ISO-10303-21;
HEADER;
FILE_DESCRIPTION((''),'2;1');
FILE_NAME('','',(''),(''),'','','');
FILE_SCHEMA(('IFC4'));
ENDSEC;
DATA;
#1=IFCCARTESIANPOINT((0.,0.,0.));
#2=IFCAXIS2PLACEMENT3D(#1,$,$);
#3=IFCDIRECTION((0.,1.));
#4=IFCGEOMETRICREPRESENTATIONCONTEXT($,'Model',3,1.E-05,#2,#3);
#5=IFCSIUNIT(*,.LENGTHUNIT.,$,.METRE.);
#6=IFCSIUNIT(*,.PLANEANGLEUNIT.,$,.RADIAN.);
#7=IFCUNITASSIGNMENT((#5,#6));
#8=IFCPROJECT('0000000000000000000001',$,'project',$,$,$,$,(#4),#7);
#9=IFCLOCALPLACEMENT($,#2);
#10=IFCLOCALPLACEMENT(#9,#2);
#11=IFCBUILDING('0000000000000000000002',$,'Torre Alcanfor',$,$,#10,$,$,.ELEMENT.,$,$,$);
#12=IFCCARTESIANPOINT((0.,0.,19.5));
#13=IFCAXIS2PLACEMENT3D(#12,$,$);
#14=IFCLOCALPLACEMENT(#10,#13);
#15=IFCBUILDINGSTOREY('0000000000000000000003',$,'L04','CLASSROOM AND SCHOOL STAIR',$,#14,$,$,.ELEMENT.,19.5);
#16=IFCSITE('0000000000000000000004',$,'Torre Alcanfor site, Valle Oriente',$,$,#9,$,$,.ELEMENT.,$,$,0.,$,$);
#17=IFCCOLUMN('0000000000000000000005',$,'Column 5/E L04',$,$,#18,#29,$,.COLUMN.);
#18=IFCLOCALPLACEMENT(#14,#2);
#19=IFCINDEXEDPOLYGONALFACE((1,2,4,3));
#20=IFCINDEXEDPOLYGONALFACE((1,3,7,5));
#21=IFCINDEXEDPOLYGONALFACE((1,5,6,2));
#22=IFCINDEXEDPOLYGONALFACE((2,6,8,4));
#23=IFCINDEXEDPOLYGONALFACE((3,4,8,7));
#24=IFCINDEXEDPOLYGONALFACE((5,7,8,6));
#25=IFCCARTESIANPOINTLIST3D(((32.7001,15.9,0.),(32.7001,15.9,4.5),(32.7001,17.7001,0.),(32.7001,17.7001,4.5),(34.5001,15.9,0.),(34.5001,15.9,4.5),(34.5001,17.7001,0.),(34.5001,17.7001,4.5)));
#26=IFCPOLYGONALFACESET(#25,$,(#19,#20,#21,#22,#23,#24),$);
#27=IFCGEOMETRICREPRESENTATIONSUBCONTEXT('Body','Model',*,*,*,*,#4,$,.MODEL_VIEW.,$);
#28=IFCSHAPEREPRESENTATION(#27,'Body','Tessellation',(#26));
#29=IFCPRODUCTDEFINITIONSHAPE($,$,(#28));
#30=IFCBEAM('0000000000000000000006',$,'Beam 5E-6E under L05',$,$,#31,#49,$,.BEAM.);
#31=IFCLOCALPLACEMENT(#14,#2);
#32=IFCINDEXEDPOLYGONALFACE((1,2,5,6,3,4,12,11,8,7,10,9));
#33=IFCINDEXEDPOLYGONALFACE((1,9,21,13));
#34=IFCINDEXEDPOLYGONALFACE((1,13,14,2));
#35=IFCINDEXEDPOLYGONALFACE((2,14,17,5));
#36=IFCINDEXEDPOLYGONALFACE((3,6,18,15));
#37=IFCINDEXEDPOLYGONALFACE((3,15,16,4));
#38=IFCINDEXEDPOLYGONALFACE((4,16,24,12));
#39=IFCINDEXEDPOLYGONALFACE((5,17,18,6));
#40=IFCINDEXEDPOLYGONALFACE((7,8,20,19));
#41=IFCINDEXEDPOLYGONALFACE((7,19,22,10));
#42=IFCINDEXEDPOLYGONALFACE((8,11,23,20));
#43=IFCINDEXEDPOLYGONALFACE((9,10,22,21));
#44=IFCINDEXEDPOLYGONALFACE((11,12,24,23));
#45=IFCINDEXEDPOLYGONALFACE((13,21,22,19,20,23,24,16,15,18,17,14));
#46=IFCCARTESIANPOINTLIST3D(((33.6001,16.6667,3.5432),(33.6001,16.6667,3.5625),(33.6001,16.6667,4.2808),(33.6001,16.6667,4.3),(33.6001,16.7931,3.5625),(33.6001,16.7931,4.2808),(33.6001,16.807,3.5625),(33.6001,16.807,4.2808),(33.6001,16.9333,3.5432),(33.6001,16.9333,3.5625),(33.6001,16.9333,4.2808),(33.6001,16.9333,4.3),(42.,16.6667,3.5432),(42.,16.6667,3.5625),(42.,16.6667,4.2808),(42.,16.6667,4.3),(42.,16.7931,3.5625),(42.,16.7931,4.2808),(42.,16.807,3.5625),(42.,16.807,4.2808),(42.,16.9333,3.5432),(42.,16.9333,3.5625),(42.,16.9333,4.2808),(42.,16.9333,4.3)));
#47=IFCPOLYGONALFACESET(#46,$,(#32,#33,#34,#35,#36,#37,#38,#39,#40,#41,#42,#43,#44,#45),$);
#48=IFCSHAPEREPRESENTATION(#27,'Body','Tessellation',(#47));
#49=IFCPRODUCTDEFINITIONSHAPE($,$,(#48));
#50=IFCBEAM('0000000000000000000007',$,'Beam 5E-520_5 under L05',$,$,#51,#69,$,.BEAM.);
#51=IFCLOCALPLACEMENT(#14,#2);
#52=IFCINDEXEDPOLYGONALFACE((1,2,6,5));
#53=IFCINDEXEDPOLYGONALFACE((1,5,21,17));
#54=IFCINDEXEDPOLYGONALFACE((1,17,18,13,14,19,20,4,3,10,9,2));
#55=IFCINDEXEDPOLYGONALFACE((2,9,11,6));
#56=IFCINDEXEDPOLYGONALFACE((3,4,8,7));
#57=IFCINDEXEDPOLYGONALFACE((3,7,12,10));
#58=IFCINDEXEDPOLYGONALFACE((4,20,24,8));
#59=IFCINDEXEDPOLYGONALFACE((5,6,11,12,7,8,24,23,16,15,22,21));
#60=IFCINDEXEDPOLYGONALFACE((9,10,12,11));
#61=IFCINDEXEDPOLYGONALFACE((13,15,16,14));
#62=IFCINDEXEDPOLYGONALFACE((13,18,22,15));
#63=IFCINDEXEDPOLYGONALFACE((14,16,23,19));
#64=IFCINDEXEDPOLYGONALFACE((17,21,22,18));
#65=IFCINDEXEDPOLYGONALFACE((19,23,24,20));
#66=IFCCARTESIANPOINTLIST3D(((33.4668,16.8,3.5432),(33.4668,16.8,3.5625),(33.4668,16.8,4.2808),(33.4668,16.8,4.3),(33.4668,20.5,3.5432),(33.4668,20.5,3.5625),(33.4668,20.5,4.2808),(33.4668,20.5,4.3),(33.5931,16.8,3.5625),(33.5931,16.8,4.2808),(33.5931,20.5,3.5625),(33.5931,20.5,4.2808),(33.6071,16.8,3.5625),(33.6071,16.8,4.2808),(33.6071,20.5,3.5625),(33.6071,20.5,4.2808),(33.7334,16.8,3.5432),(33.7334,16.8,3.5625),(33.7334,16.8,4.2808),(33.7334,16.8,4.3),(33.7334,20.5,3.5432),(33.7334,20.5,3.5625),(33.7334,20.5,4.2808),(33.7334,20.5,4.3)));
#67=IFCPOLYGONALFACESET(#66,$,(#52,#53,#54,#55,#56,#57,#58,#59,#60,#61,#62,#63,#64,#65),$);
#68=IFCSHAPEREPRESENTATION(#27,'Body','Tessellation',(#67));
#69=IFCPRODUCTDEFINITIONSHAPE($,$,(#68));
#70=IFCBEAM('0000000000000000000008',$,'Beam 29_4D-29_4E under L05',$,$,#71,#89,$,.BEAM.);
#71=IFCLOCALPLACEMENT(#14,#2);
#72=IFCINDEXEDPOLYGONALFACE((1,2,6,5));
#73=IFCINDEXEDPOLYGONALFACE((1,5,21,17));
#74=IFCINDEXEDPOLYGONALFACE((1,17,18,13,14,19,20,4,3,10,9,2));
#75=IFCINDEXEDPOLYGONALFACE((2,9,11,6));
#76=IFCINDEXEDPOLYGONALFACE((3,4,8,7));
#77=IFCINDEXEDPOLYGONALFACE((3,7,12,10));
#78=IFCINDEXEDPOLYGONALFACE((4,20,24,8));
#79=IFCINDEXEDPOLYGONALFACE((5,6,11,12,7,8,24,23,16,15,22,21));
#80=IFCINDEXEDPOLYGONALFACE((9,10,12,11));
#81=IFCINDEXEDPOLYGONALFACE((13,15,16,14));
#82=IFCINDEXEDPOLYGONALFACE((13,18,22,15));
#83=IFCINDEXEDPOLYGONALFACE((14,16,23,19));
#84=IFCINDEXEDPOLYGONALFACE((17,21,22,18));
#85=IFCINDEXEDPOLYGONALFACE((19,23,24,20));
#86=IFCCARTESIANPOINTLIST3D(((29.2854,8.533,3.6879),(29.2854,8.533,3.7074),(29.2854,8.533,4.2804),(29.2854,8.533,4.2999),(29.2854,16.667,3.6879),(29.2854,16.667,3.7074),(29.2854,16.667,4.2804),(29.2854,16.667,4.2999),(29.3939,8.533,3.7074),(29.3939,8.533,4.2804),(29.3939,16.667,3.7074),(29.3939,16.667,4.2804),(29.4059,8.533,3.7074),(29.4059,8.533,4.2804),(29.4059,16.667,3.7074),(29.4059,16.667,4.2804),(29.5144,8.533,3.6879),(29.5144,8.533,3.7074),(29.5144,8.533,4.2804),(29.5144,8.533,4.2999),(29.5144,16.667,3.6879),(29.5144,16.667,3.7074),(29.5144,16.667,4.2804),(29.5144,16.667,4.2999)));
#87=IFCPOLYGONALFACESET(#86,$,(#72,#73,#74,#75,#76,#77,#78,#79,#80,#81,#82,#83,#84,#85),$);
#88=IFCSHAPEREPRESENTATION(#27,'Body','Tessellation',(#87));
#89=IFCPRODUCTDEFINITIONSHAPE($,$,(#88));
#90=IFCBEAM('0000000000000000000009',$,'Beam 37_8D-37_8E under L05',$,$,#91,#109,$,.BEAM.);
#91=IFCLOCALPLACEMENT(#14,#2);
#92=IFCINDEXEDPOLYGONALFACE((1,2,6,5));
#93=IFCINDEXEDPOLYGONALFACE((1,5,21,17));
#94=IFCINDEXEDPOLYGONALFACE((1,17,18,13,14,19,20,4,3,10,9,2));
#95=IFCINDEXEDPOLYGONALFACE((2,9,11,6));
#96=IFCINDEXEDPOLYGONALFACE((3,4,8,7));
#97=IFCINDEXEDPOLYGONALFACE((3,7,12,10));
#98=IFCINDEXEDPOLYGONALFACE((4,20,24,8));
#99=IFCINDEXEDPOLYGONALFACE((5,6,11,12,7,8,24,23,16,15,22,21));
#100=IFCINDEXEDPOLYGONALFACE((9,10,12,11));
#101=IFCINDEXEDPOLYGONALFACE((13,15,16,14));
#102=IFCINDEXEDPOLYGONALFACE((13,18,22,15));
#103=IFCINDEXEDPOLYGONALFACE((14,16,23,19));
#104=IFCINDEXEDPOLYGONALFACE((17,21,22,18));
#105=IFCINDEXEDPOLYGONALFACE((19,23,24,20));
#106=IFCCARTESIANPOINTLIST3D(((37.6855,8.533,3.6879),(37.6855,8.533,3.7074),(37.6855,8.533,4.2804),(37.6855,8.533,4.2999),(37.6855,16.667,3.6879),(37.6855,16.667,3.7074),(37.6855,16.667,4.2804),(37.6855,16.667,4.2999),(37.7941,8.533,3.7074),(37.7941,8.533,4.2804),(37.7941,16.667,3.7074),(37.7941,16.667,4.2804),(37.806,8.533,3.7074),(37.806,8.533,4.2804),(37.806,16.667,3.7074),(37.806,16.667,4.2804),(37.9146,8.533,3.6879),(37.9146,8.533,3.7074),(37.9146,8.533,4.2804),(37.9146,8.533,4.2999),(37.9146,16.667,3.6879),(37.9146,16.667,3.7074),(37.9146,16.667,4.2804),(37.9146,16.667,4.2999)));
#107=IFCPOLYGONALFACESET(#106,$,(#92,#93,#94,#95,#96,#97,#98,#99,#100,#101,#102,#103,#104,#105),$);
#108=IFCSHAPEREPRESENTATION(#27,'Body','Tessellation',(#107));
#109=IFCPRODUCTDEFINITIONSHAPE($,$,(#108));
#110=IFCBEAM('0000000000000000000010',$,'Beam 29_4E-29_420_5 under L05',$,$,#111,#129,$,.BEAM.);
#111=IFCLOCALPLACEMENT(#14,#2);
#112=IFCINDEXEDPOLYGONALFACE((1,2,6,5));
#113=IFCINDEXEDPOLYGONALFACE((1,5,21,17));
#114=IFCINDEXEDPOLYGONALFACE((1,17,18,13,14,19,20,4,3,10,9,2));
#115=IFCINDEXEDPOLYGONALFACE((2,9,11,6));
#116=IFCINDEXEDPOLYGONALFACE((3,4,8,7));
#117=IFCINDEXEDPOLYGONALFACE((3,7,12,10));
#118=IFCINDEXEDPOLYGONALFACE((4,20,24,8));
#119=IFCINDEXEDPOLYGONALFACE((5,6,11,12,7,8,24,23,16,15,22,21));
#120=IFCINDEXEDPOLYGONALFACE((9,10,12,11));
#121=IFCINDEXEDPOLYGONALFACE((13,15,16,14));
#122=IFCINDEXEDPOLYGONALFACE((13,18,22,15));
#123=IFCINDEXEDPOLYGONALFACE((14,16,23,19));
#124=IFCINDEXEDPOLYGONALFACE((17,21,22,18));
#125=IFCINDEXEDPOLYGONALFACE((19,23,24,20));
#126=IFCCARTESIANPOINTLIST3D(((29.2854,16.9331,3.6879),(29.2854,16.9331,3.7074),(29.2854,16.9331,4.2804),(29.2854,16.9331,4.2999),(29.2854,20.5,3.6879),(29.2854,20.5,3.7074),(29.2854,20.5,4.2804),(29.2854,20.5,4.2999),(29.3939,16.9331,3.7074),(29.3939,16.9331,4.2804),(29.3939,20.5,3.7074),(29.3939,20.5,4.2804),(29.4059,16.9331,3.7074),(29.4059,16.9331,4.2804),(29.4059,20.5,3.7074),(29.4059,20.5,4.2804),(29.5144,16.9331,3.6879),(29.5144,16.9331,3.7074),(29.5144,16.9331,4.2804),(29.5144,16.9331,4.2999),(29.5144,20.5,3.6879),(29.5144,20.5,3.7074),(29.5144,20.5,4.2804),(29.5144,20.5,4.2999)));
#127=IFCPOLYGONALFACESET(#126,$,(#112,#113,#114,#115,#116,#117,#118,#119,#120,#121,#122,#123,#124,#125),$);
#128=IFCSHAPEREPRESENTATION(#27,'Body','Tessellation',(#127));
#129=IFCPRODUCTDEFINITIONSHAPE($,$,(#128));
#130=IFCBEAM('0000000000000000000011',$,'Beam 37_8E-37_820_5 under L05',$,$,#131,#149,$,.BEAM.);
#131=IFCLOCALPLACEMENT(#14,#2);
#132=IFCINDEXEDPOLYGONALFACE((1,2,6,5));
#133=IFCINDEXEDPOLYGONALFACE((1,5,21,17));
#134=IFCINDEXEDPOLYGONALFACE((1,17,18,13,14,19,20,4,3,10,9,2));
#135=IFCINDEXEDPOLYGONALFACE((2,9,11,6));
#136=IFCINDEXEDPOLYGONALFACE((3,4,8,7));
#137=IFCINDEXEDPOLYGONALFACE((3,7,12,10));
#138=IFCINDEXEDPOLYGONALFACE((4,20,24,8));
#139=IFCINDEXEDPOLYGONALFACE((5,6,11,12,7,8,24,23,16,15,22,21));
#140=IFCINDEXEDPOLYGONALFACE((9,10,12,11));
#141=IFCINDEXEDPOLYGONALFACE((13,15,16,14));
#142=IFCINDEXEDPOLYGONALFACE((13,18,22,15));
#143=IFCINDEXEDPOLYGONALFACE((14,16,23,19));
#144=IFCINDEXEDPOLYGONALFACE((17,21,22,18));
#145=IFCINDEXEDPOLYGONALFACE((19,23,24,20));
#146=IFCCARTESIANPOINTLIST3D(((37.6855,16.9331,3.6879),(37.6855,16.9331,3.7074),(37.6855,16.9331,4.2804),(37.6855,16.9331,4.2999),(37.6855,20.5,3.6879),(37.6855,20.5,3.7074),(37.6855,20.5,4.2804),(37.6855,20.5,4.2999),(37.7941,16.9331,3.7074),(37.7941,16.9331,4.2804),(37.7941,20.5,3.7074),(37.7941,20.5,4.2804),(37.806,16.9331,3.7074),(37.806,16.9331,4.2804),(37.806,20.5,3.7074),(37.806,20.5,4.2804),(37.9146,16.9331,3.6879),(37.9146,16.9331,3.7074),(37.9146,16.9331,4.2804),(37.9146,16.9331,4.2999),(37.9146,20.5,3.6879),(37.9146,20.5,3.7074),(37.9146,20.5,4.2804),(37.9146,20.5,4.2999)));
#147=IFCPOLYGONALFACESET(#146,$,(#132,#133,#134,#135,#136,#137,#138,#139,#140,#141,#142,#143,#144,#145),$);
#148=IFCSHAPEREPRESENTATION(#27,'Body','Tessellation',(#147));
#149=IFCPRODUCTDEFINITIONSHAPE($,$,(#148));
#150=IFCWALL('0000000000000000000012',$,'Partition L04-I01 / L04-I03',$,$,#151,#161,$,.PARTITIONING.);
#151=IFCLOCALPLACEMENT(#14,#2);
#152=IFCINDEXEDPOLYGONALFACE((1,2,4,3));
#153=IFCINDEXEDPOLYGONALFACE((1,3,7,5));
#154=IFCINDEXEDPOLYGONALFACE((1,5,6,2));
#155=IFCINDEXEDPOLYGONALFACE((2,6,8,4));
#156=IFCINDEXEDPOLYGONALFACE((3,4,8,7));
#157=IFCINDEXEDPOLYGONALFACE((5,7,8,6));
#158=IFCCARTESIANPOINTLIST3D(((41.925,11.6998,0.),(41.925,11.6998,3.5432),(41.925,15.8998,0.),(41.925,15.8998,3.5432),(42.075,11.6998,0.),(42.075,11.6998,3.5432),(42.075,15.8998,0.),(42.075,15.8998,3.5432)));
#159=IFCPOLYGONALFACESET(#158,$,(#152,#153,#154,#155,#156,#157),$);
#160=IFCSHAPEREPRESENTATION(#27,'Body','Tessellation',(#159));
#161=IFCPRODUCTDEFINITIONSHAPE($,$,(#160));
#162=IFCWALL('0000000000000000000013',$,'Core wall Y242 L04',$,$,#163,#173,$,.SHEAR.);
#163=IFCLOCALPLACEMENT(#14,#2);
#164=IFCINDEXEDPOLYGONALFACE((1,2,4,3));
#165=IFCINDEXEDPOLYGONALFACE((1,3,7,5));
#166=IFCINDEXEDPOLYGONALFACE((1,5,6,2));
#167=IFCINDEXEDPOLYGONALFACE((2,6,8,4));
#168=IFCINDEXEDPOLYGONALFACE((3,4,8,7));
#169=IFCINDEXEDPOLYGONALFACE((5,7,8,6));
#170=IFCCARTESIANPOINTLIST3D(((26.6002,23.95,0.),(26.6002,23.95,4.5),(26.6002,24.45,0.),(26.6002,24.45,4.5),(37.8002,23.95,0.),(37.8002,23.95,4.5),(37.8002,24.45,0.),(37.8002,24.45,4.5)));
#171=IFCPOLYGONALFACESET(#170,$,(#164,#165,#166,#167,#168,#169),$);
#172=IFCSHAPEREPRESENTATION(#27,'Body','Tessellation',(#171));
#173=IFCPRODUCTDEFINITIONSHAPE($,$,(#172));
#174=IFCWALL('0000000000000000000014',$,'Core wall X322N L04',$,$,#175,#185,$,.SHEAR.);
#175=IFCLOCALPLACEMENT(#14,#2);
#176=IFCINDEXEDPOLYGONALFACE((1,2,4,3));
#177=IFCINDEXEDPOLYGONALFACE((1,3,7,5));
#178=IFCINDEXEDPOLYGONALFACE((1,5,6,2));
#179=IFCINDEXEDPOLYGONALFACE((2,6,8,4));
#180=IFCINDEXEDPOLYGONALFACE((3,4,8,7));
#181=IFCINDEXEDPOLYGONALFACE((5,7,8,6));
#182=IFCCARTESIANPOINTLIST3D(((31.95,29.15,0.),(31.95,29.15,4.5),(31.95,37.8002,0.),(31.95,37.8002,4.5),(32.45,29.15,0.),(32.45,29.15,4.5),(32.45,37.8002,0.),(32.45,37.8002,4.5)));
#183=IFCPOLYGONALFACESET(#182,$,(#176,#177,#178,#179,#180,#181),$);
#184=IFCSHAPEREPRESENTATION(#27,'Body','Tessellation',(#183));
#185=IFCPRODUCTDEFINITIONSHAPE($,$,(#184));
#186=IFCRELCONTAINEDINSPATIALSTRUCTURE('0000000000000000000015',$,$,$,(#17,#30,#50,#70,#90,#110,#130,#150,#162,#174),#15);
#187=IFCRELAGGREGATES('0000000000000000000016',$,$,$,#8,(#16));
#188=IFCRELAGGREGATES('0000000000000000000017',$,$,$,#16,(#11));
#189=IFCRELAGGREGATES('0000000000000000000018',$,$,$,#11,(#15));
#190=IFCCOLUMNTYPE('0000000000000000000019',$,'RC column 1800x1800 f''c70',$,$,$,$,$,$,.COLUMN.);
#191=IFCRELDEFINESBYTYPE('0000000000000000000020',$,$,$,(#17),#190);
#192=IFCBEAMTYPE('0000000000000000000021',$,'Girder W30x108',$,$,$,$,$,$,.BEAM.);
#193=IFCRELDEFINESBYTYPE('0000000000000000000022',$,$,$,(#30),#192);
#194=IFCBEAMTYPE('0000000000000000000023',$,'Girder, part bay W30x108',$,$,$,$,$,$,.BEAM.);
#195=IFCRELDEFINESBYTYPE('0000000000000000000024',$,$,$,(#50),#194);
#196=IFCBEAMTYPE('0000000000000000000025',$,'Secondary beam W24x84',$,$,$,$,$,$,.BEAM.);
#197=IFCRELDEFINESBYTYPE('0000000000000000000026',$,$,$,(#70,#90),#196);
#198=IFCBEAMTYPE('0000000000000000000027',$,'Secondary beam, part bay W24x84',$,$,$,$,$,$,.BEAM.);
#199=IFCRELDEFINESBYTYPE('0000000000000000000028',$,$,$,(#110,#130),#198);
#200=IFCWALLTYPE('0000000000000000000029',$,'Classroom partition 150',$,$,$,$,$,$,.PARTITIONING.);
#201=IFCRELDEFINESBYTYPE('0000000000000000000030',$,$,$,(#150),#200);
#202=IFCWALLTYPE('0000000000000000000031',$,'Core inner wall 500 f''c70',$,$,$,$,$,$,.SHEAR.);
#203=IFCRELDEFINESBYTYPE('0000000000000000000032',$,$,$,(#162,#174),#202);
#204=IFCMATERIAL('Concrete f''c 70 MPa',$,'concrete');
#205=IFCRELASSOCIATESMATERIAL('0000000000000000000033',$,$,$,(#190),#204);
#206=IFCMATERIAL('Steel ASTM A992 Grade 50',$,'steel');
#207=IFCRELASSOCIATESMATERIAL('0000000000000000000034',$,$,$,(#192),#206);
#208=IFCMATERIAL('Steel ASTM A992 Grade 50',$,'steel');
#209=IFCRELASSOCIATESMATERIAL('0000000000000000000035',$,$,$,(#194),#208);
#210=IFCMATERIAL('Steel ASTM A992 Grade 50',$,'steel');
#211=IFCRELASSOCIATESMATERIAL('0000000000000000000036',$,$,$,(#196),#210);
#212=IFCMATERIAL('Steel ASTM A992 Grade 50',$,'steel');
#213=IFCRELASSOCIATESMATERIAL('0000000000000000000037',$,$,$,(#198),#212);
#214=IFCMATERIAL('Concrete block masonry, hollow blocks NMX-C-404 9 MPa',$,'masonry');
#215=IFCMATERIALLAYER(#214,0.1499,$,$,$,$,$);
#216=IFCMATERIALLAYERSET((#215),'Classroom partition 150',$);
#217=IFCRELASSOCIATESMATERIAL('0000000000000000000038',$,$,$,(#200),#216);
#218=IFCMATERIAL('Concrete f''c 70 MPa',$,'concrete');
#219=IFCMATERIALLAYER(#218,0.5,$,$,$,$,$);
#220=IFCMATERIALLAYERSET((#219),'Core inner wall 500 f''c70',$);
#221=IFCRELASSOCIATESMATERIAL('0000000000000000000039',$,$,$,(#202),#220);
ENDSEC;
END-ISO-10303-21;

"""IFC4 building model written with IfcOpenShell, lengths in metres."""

from ifc_helpers import new_model, si_unit, direction, frame, frame_2d, origin, origin_2d, place, context, subcontext, project, spatial, rectangle, i_section, extrude, material, layer, layer_set, material_profile, profile_set, type_object, element, save


model = new_model("IFC4")

# Units and contexts
model_context = context("Model", 3, precision=1e-05, world=origin(), true_north=direction((0.0, 1.0)))
body_context = subcontext(model_context, "Body", "Model", "MODEL_VIEW")
ifc_project = project(units=[si_unit("LENGTHUNIT", "METRE"), si_unit("PLANEANGLEUNIT", "RADIAN")], contexts=[model_context])

# Site, building, storey
site_placement = place(None, origin())
site = spatial("IfcSite", under=ifc_project, at=site_placement, Name="Torre Alcanfor site, Valle Oriente", CompositionType="ELEMENT", RefElevation=0.0)
building_placement = place(site_placement, origin())
building = spatial("IfcBuilding", under=site, at=building_placement, Name="Torre Alcanfor", CompositionType="ELEMENT")
storey_placement = place(building_placement, frame((0.0, 0.0, 19.5)))
storey = spatial("IfcBuildingStorey", under=building, at=storey_placement, Name="L04", Description="CLASSROOM AND SCHOOL STAIR", CompositionType="ELEMENT", Elevation=19.5)

# Column
ifc_material_1 = material(Name="Concrete f'c 70 MPa", Category="concrete")
ifc_material_profile_1 = material_profile(ifc_material_1, rectangle(XDim=1.8, YDim=1.8, at=origin_2d()), Name="1800x1800")
ifc_profile_set_1 = profile_set([ifc_material_profile_1], Name="Concrete f'c 70 MPa")
column_type = type_object("IfcColumnType", Name="RC column 1800x1800 f'c70", PredefinedType="COLUMN", material=ifc_profile_set_1)
column_placement = place(storey_placement, frame((33.6001, 16.8, 0.0), z_axis=(0.0, 0.0, 1.0), x_axis=(1.0, 0.0, 0.0)))
element("IfcColumn", 1, at=column_placement, inside=storey, type_object=column_type, Name="Column 5/E L04", PredefinedType="COLUMN", context=body_context, shape_type="SweptSolid", body=[
    extrude(rectangle(XDim=1.8, YDim=1.8, at=origin_2d()), origin(), (0.0, 0.0, 1.0), 4.5),
])

# Beams
ifc_material_2 = material(Name="Steel ASTM A992 Grade 50", Category="steel")
ifc_material_profile_2 = material_profile(ifc_material_2, i_section(OverallWidth=0.2666, OverallDepth=0.7568, WebThickness=0.0139, FlangeThickness=0.0193, at=origin_2d()), Name="W30x108")
ifc_profile_set_2 = profile_set([ifc_material_profile_2], Name="Steel ASTM A992 Grade 50")
beam_type_1 = type_object("IfcBeamType", Name="Girder W30x108", PredefinedType="BEAM", material=ifc_profile_set_2)
beam_1_placement = place(storey_placement, frame((33.6001, 16.8, 3.9216), z_axis=(1.0, 0.0, 0.0), x_axis=(0.0, 1.0, 0.0)))
element("IfcBeam", 2, at=beam_1_placement, inside=storey, type_object=beam_type_1, Name="Beam 5E-6E under L05", PredefinedType="BEAM", context=body_context, shape_type="SweptSolid", body=[
    extrude(i_section(OverallWidth=0.2666, OverallDepth=0.7568, WebThickness=0.0139, FlangeThickness=0.0193, at=origin_2d()), origin(), (0.0, 0.0, 1.0), 8.3999),
])
ifc_material_3 = material(Name="Steel ASTM A992 Grade 50", Category="steel")
ifc_material_profile_3 = material_profile(ifc_material_3, i_section(OverallWidth=0.2666, OverallDepth=0.7568, WebThickness=0.0139, FlangeThickness=0.0193, at=origin_2d()), Name="W30x108")
ifc_profile_set_3 = profile_set([ifc_material_profile_3], Name="Steel ASTM A992 Grade 50")
beam_type_2 = type_object("IfcBeamType", Name="Girder, part bay W30x108", PredefinedType="BEAM", material=ifc_profile_set_3)
beam_2_placement = place(storey_placement, frame((33.6001, 16.8, 3.9216), z_axis=(0.0, 1.0, 0.0), x_axis=(-1.0, 0.0, 0.0)))
element("IfcBeam", 3, at=beam_2_placement, inside=storey, type_object=beam_type_2, Name="Beam 5E-520_5 under L05", PredefinedType="BEAM", context=body_context, shape_type="SweptSolid", body=[
    extrude(i_section(OverallWidth=0.2666, OverallDepth=0.7568, WebThickness=0.0139, FlangeThickness=0.0193, at=origin_2d()), origin(), (0.0, 0.0, 1.0), 3.7),
])
ifc_material_4 = material(Name="Steel ASTM A992 Grade 50", Category="steel")
ifc_material_profile_4 = material_profile(ifc_material_4, i_section(OverallWidth=0.229, OverallDepth=0.6121, WebThickness=0.012, FlangeThickness=0.0195, at=origin_2d()), Name="W24x84")
ifc_profile_set_4 = profile_set([ifc_material_profile_4], Name="Steel ASTM A992 Grade 50")
beam_type_3 = type_object("IfcBeamType", Name="Secondary beam W24x84", PredefinedType="BEAM", material=ifc_profile_set_4)
for number, where, z_axis, x_axis, name in (
    (4, (29.3999, 8.533, 3.9939), (0.0, 1.0, 0.0), (-1.0, 0.0, 0.0), "Beam 29_4D-29_4E under L05"),
    (5, (37.8, 8.533, 3.9939), (0.0, 1.0, 0.0), (-1.0, 0.0, 0.0), "Beam 37_8D-37_8E under L05"),
):
    element("IfcBeam", number, at=place(storey_placement, frame(where, z_axis=z_axis, x_axis=x_axis)), inside=storey, type_object=beam_type_3, Name=name, PredefinedType="BEAM", context=body_context, shape_type="SweptSolid", body=[
        extrude(i_section(OverallWidth=0.229, OverallDepth=0.6121, WebThickness=0.012, FlangeThickness=0.0195, at=origin_2d()), origin(), (0.0, 0.0, 1.0), 8.134),
    ])
ifc_material_5 = material(Name="Steel ASTM A992 Grade 50", Category="steel")
ifc_material_profile_5 = material_profile(ifc_material_5, i_section(OverallWidth=0.229, OverallDepth=0.6121, WebThickness=0.012, FlangeThickness=0.0195, at=origin_2d()), Name="W24x84")
ifc_profile_set_5 = profile_set([ifc_material_profile_5], Name="Steel ASTM A992 Grade 50")
beam_type_4 = type_object("IfcBeamType", Name="Secondary beam, part bay W24x84", PredefinedType="BEAM", material=ifc_profile_set_5)
for number, where, z_axis, x_axis, name in (
    (6, (29.3999, 16.9331, 3.9939), (0.0, 1.0, 0.0), (-1.0, 0.0, 0.0), "Beam 29_4E-29_420_5 under L05"),
    (7, (37.8, 16.9331, 3.9939), (0.0, 1.0, 0.0), (-1.0, 0.0, 0.0), "Beam 37_8E-37_820_5 under L05"),
):
    element("IfcBeam", number, at=place(storey_placement, frame(where, z_axis=z_axis, x_axis=x_axis)), inside=storey, type_object=beam_type_4, Name=name, PredefinedType="BEAM", context=body_context, shape_type="SweptSolid", body=[
        extrude(i_section(OverallWidth=0.229, OverallDepth=0.6121, WebThickness=0.012, FlangeThickness=0.0195, at=origin_2d()), origin(), (0.0, 0.0, 1.0), 3.5669),
    ])

# Walls
ifc_material_6 = material(Name="Concrete block masonry, hollow blocks NMX-C-404 9 MPa", Category="masonry")
ifc_layer_1 = layer(ifc_material_6, 0.1499)
ifc_layer_set_1 = layer_set([ifc_layer_1], Name="Classroom partition 150")
wall_type_1 = type_object("IfcWallType", Name="Classroom partition 150", PredefinedType="PARTITIONING", material=ifc_layer_set_1)
wall_1_placement = place(storey_placement, frame((42.0, 15.8999, 0.0), z_axis=(0.0, 0.0, 1.0), x_axis=(0.0, -1.0, 0.0)))
element("IfcWall", 8, at=wall_1_placement, inside=storey, type_object=wall_type_1, Name="Partition L04-I01 / L04-I03", PredefinedType="PARTITIONING", context=body_context, shape_type="SweptSolid", body=[
    extrude(rectangle(XDim=4.2, YDim=0.1499, at=frame_2d((2.1001, 0.0))), origin(), (0.0, 0.0, 1.0), 3.5432),
])
ifc_material_7 = material(Name="Concrete f'c 70 MPa", Category="concrete")
ifc_layer_2 = layer(ifc_material_7, 0.5)
ifc_layer_set_2 = layer_set([ifc_layer_2], Name="Core inner wall 500 f'c70")
wall_type_2 = type_object("IfcWallType", Name="Core inner wall 500 f'c70", PredefinedType="SHEAR", material=ifc_layer_set_2)
wall_2_placement = place(storey_placement, frame((26.6001, 24.2, 0.0), z_axis=(0.0, 0.0, 1.0), x_axis=(1.0, 0.0, 0.0)))
element("IfcWall", 9, at=wall_2_placement, inside=storey, type_object=wall_type_2, Name="Core wall Y242 L04", PredefinedType="SHEAR", context=body_context, shape_type="SweptSolid", body=[
    extrude(rectangle(XDim=11.2, YDim=0.5, at=frame_2d((5.6001, 0.0))), origin(), (0.0, 0.0, 1.0), 4.5),
])
wall_3_placement = place(storey_placement, frame((32.2, 29.1499, 0.0), z_axis=(0.0, 0.0, 1.0), x_axis=(0.0, 1.0, 0.0)))
element("IfcWall", 10, at=wall_3_placement, inside=storey, type_object=wall_type_2, Name="Core wall X322N L04", PredefinedType="SHEAR", context=body_context, shape_type="SweptSolid", body=[
    extrude(rectangle(XDim=8.6501, YDim=0.5, at=frame_2d((4.3252, 0.0))), origin(), (0.0, 0.0, 1.0), 4.5),
])

save(model, "model.ifc")
